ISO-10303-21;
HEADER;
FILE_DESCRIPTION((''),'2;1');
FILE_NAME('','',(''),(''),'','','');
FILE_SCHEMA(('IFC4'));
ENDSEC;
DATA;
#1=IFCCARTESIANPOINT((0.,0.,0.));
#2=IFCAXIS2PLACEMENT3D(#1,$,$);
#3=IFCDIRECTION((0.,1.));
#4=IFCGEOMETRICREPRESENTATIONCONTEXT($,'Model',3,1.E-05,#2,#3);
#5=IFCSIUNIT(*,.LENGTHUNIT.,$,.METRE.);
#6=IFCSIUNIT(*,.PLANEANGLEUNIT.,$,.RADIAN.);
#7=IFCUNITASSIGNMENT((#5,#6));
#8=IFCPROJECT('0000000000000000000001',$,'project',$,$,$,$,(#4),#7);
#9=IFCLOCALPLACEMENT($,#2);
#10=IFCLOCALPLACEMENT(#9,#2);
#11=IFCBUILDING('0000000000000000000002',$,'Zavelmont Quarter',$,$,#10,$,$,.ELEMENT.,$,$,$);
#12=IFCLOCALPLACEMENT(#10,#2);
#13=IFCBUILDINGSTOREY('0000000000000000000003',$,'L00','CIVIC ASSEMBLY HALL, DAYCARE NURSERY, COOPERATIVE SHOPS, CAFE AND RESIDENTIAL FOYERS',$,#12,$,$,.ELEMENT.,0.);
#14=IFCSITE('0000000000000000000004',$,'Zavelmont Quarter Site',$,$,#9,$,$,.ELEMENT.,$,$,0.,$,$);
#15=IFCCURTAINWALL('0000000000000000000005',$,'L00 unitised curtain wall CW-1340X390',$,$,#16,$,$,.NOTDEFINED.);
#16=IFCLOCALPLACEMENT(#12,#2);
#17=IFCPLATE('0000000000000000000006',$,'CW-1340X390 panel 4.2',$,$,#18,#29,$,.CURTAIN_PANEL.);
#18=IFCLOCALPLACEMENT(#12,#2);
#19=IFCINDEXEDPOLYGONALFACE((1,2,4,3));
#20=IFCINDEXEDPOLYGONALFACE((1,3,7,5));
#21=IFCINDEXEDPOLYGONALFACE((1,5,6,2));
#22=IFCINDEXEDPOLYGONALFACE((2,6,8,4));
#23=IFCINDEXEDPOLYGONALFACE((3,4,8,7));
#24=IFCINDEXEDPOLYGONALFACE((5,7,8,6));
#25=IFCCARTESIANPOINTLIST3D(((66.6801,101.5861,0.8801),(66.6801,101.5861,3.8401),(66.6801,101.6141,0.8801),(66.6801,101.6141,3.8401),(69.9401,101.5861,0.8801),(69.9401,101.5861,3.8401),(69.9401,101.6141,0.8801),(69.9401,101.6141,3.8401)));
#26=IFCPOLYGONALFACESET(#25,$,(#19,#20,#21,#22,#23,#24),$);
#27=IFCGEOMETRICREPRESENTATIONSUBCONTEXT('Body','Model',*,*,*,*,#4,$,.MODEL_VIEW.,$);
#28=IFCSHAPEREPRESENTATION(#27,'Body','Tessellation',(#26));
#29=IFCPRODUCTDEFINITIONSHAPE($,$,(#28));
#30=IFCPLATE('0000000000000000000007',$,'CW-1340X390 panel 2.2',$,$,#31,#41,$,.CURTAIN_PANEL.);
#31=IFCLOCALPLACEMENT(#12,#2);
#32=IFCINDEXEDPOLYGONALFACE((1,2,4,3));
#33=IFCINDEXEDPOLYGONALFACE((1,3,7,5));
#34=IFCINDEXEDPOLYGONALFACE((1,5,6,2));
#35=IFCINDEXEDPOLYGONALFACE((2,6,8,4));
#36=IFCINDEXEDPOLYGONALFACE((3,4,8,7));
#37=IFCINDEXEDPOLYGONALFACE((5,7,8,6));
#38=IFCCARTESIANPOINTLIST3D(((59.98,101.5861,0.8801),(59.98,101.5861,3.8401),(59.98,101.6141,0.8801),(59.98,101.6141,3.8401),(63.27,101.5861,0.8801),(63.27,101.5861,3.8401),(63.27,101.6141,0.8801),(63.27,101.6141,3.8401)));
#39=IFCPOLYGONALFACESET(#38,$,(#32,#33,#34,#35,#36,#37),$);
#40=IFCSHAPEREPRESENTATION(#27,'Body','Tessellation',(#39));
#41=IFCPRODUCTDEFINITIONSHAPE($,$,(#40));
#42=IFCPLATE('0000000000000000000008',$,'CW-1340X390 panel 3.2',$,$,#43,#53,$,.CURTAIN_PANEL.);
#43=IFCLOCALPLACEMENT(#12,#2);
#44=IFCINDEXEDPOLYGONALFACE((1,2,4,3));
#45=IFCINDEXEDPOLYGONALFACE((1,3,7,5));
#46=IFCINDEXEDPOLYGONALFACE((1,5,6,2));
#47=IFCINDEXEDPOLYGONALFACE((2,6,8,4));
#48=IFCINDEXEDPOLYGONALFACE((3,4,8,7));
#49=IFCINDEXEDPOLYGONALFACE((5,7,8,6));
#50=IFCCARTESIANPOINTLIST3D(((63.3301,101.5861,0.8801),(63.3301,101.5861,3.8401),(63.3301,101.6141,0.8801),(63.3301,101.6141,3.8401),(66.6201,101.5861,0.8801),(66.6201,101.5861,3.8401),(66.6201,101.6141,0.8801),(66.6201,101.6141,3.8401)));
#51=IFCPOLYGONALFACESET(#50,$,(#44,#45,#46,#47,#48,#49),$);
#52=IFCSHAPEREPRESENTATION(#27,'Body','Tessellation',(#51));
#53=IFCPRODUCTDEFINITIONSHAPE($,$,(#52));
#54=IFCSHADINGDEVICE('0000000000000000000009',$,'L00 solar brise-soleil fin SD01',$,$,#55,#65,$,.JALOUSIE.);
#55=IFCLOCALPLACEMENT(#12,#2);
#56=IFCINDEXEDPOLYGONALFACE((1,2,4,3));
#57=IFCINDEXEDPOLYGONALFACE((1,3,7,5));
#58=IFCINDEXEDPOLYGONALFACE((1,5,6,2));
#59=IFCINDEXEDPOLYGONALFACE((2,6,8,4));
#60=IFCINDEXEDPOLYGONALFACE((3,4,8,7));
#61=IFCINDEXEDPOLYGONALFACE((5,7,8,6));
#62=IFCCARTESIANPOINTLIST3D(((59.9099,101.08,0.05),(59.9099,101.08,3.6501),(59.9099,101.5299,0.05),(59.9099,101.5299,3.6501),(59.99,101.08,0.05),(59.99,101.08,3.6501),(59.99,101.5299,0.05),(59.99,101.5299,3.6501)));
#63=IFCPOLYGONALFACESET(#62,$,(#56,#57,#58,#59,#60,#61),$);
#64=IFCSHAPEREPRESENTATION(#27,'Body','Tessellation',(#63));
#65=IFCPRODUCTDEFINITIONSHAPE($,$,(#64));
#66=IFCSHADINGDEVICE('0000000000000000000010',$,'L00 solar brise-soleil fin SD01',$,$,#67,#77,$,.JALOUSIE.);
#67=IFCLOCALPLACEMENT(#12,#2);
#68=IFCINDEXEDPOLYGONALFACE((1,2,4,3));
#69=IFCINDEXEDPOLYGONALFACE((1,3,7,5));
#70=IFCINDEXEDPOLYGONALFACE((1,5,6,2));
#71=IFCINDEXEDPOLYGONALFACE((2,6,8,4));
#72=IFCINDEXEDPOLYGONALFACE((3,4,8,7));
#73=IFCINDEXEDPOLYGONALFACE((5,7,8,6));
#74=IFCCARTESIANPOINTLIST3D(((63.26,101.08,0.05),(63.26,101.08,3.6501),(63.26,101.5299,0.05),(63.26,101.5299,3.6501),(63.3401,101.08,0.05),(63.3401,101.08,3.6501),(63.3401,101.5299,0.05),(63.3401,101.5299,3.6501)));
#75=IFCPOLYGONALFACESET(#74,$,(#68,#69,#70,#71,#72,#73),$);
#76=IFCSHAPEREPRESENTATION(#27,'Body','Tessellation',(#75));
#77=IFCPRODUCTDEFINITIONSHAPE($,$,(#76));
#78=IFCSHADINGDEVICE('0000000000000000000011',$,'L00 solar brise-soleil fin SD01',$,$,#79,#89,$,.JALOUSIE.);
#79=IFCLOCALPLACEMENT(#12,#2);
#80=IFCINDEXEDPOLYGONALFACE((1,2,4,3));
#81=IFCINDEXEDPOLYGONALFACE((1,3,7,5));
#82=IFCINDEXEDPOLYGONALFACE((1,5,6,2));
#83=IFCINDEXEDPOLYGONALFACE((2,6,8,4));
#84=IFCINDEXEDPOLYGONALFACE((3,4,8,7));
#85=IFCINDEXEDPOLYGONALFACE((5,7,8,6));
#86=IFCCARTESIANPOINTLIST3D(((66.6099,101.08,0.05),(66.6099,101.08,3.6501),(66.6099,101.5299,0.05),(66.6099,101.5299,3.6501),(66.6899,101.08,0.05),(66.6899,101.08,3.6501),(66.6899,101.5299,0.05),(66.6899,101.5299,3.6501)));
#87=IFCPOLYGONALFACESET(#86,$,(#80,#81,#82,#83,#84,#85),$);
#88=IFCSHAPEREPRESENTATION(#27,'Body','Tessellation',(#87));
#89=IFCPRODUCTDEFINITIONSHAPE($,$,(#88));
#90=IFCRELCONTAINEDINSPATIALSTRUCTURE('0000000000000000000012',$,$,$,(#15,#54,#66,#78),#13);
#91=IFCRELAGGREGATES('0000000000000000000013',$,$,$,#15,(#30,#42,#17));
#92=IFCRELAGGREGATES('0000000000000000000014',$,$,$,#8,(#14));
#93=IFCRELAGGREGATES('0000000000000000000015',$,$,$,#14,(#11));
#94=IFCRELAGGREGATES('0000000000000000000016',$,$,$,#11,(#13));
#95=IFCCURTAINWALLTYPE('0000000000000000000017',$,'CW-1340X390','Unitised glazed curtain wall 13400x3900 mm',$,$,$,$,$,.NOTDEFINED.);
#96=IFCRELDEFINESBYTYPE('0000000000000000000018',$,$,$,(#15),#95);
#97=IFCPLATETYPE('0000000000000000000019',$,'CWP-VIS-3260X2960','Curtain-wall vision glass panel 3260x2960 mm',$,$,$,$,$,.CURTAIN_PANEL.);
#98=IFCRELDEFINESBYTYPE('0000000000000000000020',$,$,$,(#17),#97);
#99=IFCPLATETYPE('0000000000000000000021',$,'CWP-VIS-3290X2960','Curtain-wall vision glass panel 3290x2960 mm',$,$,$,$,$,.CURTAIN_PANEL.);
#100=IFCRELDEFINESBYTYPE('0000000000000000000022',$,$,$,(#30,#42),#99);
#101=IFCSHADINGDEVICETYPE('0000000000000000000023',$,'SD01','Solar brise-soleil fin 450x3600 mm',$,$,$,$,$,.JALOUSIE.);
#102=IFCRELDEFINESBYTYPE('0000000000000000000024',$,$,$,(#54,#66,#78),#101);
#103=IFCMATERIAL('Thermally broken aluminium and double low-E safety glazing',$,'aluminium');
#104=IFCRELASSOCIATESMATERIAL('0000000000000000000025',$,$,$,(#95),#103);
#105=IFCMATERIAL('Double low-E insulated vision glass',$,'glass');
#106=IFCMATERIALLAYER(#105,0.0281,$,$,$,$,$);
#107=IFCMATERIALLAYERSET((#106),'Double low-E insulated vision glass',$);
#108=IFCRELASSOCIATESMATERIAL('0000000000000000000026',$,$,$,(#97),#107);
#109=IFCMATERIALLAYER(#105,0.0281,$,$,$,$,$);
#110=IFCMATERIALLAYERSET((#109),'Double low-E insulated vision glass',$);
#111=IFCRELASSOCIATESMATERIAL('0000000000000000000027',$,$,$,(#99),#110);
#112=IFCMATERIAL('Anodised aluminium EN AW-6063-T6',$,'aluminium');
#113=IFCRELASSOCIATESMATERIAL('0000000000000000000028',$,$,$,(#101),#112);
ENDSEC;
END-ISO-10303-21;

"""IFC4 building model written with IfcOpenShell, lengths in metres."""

from ifc_helpers import new_model, si_unit, direction, frame, origin, origin_2d, place, context, subcontext, project, spatial, rectangle, extrude, material, layer, layer_set, type_object, element, aggregate, save


model = new_model("IFC4")

# Units and contexts
model_context = context("Model", 3, precision=1e-05, world=origin(), true_north=direction((0.0, 1.0)))
body_context = subcontext(model_context, "Body", "Model", "MODEL_VIEW")
ifc_project = project(units=[si_unit("LENGTHUNIT", "METRE"), si_unit("PLANEANGLEUNIT", "RADIAN")], contexts=[model_context])

# Site, building, storey
site_placement = place(None, origin())
site = spatial("IfcSite", under=ifc_project, at=site_placement, Name="Zavelmont Quarter Site", CompositionType="ELEMENT", RefElevation=0.0)
building_placement = place(site_placement, origin())
building = spatial("IfcBuilding", under=site, at=building_placement, Name="Zavelmont Quarter", CompositionType="ELEMENT")
storey_placement = place(building_placement, origin())
storey = spatial("IfcBuildingStorey", under=building, at=storey_placement, Name="L00", Description="CIVIC ASSEMBLY HALL, DAYCARE NURSERY, COOPERATIVE SHOPS, CAFE AND RESIDENTIAL FOYERS", CompositionType="ELEMENT", Elevation=0.0)

# Curtain wall, plates
ifc_material_1 = material(Name="Thermally broken aluminium and double low-E safety glazing", Category="aluminium")
curtain_wall_type = type_object("IfcCurtainWallType", Name="CW-1340X390", Description="Unitised glazed curtain wall 13400x3900 mm", PredefinedType="NOTDEFINED", material=ifc_material_1)
curtain_wall_placement = place(storey_placement, origin())
curtain_wall = element("IfcCurtainWall", 1, at=curtain_wall_placement, inside=storey, type_object=curtain_wall_type, Name="L00 unitised curtain wall CW-1340X390", PredefinedType="NOTDEFINED")
ifc_material_2 = material(Name="Double low-E insulated vision glass", Category="glass")
ifc_layer_1 = layer(ifc_material_2, 0.0281)
ifc_layer_set_1 = layer_set([ifc_layer_1], Name="Double low-E insulated vision glass")
plate_type_1 = type_object("IfcPlateType", Name="CWP-VIS-3260X2960", Description="Curtain-wall vision glass panel 3260x2960 mm", PredefinedType="CURTAIN_PANEL", material=ifc_layer_set_1)
plate_1_placement = place(storey_placement, frame((68.3101, 101.6001, 0.8801), z_axis=(0.0, 0.0, 1.0), x_axis=(1.0, 0.0, 0.0)))
plate_1 = element("IfcPlate", 2, at=plate_1_placement, type_object=plate_type_1, Name="CW-1340X390 panel 4.2", PredefinedType="CURTAIN_PANEL", context=body_context, shape_type="SweptSolid", body=[
    extrude(rectangle(XDim=3.26, YDim=0.0281, at=origin_2d()), origin(), (0.0, 0.0, 1.0), 2.96),
])
ifc_layer_2 = layer(ifc_material_2, 0.0281)
ifc_layer_set_2 = layer_set([ifc_layer_2], Name="Double low-E insulated vision glass")
plate_type_2 = type_object("IfcPlateType", Name="CWP-VIS-3290X2960", Description="Curtain-wall vision glass panel 3290x2960 mm", PredefinedType="CURTAIN_PANEL", material=ifc_layer_set_2)
plate_2_placement = place(storey_placement, frame((61.625, 101.6001, 0.8801), z_axis=(0.0, 0.0, 1.0), x_axis=(1.0, 0.0, 0.0)))
plate_2 = element("IfcPlate", 3, at=plate_2_placement, type_object=plate_type_2, Name="CW-1340X390 panel 2.2", PredefinedType="CURTAIN_PANEL", context=body_context, shape_type="SweptSolid", body=[
    extrude(rectangle(XDim=3.29, YDim=0.0281, at=origin_2d()), origin(), (0.0, 0.0, 1.0), 2.96),
])
plate_3_placement = place(storey_placement, frame((64.9751, 101.6001, 0.8801), z_axis=(0.0, 0.0, 1.0), x_axis=(1.0, 0.0, 0.0)))
plate_3 = element("IfcPlate", 4, at=plate_3_placement, type_object=plate_type_2, Name="CW-1340X390 panel 3.2", PredefinedType="CURTAIN_PANEL", context=body_context, shape_type="SweptSolid", body=[
    extrude(rectangle(XDim=3.29, YDim=0.0281, at=origin_2d()), origin(), (0.0, 0.0, 1.0), 2.96),
])
aggregate(curtain_wall, [plate_2, plate_3, plate_1])

# Shading devices
ifc_material_3 = material(Name="Anodised aluminium EN AW-6063-T6", Category="aluminium")
shading_device_type = type_object("IfcShadingDeviceType", Name="SD01", Description="Solar brise-soleil fin 450x3600 mm", PredefinedType="JALOUSIE", material=ifc_material_3)
for number, where, z_axis, x_axis, name in (
    (5, (59.95, 101.3049, 0.05), (0.0, 0.0, 1.0), (1.0, 0.0, 0.0), "L00 solar brise-soleil fin SD01"),
    (6, (63.3, 101.3049, 0.05), (0.0, 0.0, 1.0), (1.0, 0.0, 0.0), "L00 solar brise-soleil fin SD01"),
    (7, (66.6499, 101.3049, 0.05), (0.0, 0.0, 1.0), (1.0, 0.0, 0.0), "L00 solar brise-soleil fin SD01"),
):
    element("IfcShadingDevice", number, at=place(storey_placement, frame(where, z_axis=z_axis, x_axis=x_axis)), inside=storey, type_object=shading_device_type, Name=name, PredefinedType="JALOUSIE", context=body_context, shape_type="SweptSolid", body=[
        extrude(rectangle(XDim=0.0801, YDim=0.45, at=origin_2d()), origin(), (0.0, 0.0, 1.0), 3.6001),
    ])

save(model, "model.ifc")
